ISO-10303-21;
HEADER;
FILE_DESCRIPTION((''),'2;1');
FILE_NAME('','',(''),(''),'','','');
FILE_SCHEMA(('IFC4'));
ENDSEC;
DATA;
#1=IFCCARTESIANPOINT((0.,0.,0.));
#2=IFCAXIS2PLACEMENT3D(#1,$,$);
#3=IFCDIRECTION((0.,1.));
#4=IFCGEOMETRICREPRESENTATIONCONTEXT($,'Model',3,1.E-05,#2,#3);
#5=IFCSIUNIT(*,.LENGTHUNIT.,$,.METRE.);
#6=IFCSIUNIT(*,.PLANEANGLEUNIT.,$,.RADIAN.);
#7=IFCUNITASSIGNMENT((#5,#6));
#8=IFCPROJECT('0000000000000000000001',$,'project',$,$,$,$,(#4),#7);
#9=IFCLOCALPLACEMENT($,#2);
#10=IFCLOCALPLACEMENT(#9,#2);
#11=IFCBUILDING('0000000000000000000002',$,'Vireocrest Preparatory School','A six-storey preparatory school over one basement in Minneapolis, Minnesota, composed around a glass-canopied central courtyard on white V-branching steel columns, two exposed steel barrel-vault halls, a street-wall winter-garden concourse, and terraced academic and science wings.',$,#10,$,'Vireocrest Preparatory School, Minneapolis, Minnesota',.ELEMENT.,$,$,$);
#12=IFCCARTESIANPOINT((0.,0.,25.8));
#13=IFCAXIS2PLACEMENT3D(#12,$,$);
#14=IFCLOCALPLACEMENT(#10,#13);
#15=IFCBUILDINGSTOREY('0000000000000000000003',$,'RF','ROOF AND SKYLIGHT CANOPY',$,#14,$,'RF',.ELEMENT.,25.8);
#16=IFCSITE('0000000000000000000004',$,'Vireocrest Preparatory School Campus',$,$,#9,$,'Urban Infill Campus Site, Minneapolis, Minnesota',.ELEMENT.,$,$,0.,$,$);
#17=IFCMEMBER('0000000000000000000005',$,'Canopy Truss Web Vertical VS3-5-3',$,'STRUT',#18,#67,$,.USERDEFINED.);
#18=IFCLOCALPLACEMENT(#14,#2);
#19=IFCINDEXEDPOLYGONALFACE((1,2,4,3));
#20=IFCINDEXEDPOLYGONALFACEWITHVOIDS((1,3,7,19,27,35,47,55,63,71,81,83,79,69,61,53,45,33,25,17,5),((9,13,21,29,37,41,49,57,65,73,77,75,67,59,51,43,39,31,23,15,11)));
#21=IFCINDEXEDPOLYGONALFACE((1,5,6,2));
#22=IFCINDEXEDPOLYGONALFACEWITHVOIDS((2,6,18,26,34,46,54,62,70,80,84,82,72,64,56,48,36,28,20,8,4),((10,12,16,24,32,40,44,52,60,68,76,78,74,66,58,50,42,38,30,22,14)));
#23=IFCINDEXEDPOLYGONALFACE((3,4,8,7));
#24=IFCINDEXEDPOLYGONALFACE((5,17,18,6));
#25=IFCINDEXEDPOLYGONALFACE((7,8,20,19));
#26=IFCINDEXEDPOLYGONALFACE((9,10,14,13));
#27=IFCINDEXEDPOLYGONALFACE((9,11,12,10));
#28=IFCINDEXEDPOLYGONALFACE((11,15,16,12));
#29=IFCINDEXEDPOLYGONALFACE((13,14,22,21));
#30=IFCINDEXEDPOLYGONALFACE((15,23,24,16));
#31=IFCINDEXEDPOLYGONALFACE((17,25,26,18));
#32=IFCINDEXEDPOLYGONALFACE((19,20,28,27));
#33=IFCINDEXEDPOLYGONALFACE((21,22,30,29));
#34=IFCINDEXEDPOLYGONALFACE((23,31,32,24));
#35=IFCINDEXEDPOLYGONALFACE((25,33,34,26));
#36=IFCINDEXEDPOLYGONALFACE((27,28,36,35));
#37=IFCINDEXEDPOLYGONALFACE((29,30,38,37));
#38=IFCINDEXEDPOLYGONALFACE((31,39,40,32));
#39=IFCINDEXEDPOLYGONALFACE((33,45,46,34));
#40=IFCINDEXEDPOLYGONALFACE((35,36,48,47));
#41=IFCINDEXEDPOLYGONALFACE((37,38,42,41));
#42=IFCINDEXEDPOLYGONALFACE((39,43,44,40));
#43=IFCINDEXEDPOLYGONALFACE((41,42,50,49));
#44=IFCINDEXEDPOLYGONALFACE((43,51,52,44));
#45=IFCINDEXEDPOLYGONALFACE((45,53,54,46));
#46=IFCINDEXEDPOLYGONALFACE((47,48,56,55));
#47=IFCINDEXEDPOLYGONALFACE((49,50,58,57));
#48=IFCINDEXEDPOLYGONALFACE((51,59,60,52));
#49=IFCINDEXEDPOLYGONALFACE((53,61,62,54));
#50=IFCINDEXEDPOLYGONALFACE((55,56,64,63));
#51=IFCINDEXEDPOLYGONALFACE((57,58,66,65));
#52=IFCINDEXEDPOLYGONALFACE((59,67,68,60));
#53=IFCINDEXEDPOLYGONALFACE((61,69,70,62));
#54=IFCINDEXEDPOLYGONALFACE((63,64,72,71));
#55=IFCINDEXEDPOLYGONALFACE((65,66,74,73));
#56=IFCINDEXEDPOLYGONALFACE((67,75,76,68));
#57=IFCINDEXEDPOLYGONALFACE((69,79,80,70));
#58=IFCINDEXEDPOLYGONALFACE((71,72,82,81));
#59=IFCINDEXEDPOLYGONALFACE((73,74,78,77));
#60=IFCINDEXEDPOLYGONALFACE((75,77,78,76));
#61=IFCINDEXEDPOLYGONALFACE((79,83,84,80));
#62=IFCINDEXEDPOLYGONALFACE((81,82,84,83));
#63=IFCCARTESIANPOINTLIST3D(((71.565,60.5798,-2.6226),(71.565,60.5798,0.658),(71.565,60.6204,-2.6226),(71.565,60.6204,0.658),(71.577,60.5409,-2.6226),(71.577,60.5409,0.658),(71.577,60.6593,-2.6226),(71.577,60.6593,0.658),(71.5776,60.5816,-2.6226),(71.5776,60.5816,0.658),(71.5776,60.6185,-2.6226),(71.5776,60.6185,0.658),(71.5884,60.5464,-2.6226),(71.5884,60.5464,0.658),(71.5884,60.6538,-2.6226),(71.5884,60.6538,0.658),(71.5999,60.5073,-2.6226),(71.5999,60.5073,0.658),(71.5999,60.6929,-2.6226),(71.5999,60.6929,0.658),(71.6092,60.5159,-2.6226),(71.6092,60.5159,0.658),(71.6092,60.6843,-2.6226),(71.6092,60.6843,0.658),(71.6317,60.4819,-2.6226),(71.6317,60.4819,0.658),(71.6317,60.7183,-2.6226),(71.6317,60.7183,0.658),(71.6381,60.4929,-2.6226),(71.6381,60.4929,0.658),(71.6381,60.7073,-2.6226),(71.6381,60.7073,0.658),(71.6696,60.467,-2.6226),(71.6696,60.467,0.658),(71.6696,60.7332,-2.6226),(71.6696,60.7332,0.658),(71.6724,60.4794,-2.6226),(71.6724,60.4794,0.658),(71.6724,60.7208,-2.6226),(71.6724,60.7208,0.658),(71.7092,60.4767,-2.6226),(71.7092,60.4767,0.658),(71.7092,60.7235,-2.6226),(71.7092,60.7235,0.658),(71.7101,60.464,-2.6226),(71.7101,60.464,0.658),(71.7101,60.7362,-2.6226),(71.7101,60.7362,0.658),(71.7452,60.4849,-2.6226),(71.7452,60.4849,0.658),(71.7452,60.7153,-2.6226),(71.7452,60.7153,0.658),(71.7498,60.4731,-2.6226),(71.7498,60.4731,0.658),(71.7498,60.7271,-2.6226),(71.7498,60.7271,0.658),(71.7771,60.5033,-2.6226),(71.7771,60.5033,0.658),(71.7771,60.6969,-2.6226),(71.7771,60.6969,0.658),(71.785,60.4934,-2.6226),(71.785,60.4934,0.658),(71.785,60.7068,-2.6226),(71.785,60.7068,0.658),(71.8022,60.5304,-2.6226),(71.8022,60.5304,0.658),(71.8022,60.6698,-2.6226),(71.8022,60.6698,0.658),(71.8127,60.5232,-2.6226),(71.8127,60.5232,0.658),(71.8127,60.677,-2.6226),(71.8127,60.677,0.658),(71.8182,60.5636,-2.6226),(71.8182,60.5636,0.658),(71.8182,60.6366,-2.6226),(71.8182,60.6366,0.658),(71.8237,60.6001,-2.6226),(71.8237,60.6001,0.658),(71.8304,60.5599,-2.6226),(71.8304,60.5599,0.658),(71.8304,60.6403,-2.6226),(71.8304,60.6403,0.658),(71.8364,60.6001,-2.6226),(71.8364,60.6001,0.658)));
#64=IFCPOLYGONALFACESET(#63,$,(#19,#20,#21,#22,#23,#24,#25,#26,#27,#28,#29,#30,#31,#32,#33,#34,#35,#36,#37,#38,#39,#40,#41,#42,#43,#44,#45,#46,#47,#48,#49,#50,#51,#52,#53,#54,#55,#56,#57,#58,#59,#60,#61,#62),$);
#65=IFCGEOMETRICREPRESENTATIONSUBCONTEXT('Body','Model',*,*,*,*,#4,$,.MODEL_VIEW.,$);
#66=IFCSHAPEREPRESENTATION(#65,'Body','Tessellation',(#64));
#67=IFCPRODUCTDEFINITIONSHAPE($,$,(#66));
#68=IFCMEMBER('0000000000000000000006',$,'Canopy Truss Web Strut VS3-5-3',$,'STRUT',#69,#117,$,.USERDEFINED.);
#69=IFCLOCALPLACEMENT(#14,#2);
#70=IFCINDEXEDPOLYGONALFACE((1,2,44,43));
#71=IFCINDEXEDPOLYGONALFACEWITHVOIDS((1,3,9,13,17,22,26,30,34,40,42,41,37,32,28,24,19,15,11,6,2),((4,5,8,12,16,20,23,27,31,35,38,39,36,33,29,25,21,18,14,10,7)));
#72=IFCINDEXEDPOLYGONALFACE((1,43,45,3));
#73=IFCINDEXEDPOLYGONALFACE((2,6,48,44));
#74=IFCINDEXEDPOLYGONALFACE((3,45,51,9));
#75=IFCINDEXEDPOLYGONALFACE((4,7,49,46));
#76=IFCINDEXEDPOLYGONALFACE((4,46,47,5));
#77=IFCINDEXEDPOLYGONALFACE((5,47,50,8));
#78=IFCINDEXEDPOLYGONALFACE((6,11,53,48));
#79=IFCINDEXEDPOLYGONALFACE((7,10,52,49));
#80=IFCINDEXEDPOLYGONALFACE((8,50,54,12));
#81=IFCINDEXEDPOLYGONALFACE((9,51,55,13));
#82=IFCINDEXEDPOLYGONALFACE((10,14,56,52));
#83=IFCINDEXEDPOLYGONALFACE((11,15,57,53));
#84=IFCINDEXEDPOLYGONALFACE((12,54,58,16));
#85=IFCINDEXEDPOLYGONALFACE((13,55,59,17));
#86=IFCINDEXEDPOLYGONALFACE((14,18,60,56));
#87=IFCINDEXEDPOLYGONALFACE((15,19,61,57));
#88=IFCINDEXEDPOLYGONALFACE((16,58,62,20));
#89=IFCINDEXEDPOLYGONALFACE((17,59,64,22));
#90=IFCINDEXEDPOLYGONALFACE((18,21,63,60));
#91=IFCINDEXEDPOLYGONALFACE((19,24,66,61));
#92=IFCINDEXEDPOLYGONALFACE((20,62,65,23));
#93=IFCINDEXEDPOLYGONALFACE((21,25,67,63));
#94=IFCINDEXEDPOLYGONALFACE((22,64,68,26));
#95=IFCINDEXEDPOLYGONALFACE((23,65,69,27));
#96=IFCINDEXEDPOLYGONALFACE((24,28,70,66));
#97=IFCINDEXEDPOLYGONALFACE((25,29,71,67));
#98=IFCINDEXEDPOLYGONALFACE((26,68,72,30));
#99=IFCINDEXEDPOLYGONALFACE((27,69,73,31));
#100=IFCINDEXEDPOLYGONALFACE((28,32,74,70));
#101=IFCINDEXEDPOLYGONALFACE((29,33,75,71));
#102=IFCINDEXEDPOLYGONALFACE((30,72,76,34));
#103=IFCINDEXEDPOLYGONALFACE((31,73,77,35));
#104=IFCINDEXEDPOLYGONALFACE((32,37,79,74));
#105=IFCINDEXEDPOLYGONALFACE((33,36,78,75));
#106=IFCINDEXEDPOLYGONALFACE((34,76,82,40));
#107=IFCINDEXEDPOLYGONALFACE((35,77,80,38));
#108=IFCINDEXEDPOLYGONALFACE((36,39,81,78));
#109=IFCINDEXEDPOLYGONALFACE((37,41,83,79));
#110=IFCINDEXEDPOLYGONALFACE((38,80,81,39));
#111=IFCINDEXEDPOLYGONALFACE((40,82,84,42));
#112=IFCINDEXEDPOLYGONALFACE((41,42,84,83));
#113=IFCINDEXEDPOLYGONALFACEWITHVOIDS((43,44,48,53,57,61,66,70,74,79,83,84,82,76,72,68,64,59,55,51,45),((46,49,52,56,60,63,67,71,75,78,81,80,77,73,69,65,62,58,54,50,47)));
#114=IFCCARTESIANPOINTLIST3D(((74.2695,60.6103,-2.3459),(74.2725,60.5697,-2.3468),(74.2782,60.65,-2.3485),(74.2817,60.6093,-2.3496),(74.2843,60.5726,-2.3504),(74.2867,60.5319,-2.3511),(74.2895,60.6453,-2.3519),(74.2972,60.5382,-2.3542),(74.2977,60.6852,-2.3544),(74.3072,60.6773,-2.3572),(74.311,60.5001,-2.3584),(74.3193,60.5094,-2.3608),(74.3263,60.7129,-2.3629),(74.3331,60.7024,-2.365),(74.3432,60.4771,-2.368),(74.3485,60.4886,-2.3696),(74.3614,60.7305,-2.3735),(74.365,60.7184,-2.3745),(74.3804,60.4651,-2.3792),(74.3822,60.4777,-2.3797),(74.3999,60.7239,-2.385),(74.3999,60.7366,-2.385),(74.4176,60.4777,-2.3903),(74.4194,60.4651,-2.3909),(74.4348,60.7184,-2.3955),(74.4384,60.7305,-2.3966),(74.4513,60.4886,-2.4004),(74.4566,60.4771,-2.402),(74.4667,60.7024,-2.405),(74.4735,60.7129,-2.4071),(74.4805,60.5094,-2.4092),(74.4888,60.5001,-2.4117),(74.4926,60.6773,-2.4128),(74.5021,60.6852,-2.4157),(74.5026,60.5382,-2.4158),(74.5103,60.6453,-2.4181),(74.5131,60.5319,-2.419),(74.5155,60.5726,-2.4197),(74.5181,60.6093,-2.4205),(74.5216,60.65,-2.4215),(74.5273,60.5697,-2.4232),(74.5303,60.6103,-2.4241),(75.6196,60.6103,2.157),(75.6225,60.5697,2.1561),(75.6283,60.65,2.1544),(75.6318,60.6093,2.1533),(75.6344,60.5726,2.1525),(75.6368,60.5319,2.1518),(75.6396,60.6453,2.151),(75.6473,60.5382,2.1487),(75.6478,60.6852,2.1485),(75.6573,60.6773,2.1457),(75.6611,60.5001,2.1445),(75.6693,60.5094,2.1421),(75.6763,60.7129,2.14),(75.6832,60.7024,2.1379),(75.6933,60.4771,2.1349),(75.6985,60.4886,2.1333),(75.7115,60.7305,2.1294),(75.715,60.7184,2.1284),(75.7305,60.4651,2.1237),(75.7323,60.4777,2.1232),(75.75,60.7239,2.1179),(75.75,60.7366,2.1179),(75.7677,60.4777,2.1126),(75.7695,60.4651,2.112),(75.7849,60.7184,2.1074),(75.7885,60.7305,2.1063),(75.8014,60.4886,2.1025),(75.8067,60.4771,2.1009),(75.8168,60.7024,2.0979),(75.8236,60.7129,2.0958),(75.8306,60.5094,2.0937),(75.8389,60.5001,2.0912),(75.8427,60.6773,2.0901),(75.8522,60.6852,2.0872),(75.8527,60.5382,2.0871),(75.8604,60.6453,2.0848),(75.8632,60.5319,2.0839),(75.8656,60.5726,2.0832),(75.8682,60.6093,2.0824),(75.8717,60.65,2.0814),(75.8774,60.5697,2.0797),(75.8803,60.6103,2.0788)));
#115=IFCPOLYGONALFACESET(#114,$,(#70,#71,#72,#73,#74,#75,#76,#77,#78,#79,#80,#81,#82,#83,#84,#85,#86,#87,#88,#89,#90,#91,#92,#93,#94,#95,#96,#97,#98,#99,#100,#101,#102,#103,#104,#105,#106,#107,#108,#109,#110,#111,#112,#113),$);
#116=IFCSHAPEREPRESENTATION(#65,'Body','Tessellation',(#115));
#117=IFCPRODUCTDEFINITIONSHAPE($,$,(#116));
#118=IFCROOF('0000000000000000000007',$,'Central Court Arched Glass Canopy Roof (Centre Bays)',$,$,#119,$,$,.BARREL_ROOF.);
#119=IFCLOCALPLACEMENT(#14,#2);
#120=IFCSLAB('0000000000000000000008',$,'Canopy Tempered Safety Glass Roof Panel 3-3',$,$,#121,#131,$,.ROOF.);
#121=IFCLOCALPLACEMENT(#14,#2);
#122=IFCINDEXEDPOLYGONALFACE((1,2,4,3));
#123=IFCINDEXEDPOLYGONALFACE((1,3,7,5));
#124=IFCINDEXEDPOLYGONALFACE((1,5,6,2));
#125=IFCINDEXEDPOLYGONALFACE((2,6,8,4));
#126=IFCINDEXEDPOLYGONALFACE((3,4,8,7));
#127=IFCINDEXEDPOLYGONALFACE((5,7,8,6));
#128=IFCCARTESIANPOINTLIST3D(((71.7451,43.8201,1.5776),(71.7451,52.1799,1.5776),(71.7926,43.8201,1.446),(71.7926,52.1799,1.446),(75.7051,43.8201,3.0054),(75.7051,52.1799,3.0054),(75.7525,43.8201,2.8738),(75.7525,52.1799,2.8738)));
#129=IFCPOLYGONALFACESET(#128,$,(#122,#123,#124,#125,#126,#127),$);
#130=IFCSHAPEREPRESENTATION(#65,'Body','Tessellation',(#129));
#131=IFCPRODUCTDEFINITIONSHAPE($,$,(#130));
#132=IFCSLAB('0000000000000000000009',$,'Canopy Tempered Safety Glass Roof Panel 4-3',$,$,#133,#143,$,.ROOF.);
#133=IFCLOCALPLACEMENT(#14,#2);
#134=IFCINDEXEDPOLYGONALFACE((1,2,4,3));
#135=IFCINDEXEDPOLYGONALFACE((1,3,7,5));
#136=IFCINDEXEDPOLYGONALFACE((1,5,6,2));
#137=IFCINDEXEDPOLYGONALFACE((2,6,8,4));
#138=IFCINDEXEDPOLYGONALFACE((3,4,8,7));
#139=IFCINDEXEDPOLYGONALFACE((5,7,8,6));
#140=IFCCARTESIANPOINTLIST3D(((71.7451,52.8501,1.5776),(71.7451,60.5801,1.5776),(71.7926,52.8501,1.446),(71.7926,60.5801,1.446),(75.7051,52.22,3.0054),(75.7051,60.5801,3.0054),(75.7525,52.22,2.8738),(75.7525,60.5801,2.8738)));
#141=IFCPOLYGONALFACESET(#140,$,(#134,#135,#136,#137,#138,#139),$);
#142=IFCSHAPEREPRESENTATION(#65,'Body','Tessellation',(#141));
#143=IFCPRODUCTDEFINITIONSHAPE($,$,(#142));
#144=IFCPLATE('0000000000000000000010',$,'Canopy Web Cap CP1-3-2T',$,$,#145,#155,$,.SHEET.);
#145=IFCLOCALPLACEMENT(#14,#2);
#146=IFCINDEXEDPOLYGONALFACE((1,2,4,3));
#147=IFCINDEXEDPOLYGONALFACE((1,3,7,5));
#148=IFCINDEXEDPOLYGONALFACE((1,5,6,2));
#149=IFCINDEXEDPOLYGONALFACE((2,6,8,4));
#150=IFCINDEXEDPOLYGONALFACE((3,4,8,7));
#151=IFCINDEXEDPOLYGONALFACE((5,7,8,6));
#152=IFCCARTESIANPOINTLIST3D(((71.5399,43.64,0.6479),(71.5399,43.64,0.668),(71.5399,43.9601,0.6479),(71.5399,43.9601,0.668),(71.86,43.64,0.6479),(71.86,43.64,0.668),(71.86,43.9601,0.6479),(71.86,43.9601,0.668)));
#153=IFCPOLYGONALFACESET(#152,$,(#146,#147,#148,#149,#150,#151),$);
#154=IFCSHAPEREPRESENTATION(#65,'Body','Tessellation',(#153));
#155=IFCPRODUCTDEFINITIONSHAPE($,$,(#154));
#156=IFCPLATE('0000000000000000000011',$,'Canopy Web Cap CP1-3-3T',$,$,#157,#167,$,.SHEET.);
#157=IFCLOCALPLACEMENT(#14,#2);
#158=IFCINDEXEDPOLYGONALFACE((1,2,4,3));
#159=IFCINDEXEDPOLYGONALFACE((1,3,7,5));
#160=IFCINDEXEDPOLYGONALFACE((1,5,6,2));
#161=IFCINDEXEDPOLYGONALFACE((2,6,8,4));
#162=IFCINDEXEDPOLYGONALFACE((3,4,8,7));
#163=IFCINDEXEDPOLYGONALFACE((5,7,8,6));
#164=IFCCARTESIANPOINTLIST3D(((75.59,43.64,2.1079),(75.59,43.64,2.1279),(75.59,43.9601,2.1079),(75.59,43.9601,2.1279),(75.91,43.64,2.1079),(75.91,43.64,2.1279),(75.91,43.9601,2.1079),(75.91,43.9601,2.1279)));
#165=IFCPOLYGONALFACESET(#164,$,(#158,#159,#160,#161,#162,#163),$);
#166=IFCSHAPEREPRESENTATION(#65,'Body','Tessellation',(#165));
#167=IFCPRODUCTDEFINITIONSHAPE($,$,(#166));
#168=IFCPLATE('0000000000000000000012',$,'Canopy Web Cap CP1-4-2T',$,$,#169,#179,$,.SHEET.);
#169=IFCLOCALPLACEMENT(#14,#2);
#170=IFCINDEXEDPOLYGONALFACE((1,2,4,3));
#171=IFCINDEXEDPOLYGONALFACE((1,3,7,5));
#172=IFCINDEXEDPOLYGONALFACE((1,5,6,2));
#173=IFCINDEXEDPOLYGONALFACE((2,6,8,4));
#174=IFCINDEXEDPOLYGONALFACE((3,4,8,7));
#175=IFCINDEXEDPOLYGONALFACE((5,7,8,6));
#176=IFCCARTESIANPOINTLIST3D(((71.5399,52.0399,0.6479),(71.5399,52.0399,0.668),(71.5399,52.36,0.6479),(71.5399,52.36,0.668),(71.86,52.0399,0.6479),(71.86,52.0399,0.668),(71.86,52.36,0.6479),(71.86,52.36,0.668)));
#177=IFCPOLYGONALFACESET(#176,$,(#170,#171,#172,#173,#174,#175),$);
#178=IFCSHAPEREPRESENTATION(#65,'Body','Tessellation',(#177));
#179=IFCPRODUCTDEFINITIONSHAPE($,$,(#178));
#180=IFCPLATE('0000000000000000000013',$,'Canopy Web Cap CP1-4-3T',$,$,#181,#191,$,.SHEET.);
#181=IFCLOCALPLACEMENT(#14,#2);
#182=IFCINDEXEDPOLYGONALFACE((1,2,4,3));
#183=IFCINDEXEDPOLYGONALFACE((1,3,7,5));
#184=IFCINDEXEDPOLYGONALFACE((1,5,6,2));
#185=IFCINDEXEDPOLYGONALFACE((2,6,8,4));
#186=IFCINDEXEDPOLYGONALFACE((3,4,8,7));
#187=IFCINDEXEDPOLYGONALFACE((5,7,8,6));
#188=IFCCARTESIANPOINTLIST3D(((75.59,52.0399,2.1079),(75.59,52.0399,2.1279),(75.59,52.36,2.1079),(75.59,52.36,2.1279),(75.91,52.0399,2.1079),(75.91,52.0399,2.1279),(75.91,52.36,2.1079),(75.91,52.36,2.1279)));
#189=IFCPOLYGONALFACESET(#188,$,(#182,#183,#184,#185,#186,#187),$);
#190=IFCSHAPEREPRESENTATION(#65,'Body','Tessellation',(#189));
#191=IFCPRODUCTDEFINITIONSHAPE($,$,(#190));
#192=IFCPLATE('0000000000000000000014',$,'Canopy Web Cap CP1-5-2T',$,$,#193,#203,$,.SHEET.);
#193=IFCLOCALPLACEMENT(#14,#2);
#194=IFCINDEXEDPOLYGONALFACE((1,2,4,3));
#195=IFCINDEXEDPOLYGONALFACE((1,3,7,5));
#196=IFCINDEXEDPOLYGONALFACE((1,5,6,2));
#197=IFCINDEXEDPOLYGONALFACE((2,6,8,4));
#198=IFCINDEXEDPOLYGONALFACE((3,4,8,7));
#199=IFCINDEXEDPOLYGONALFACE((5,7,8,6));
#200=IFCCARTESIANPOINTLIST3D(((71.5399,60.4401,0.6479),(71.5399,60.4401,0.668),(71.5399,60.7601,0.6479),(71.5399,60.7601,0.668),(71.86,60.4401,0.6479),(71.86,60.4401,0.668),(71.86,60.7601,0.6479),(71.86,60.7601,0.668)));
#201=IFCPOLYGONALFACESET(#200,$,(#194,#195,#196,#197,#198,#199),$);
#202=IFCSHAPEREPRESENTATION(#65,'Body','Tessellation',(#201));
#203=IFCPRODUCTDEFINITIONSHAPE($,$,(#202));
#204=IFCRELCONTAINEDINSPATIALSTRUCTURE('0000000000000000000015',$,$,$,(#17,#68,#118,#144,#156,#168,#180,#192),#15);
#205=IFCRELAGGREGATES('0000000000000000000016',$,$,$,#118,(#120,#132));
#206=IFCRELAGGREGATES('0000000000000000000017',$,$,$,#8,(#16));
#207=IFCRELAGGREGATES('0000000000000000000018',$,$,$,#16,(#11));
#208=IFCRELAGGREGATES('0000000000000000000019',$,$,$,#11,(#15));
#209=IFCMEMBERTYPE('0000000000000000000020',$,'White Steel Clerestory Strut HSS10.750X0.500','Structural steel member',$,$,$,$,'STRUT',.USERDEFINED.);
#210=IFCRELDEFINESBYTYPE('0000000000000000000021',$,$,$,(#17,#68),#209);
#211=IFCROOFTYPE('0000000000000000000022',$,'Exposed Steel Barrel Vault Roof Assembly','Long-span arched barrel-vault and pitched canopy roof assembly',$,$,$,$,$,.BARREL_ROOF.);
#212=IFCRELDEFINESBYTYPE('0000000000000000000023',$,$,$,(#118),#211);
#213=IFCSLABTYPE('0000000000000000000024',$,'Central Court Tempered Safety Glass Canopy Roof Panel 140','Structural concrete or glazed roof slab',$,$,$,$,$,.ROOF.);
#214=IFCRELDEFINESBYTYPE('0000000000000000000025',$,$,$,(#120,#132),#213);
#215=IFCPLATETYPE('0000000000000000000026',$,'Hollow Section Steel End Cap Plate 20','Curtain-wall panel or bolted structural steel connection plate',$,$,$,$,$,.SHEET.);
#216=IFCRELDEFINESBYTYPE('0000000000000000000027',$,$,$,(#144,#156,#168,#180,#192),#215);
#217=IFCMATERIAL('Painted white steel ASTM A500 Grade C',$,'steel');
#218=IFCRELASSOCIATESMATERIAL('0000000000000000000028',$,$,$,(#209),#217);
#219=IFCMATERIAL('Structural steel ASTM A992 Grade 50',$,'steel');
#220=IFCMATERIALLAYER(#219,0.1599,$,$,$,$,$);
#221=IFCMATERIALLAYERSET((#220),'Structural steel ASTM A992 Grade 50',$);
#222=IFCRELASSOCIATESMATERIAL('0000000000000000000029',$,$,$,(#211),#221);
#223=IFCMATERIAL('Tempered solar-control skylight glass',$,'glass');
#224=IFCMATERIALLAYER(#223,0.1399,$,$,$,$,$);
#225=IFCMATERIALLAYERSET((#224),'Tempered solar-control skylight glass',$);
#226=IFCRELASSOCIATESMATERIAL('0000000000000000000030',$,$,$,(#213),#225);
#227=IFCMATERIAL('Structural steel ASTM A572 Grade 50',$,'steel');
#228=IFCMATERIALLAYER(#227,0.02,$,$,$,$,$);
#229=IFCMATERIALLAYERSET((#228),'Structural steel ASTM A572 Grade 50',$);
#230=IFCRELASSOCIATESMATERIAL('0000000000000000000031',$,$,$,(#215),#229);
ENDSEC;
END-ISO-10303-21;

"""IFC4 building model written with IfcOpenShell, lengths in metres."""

from ifc_helpers import new_model, si_unit, direction, frame, origin, origin_2d, place, context, subcontext, project, spatial, polyline, rectangle, hollow_circle, outline, extrude, material, layer, layer_set, material_profile, profile_set, type_object, element, aggregate, save


model = new_model("IFC4")

# Units and contexts
model_context = context("Model", 3, precision=1e-05, world=origin(), true_north=direction((0.0, 1.0)))
body_context = subcontext(model_context, "Body", "Model", "MODEL_VIEW")
ifc_project = project(units=[si_unit("LENGTHUNIT", "METRE"), si_unit("PLANEANGLEUNIT", "RADIAN")], contexts=[model_context])

# Site, building, storey
site_placement = place(None, origin())
site = spatial("IfcSite", under=ifc_project, at=site_placement, Name="Vireocrest Preparatory School Campus", LongName="Urban Infill Campus Site, Minneapolis, Minnesota", CompositionType="ELEMENT", RefElevation=0.0)
building_placement = place(site_placement, origin())
building = spatial("IfcBuilding", under=site, at=building_placement, Name="Vireocrest Preparatory School", Description="A six-storey preparatory school over one basement in Minneapolis, Minnesota, composed around a glass-canopied central courtyard on white V-branching steel columns, two exposed steel barrel-vault halls, a street-wall winter-garden concourse, and terraced academic and science wings.", LongName="Vireocrest Preparatory School, Minneapolis, Minnesota", CompositionType="ELEMENT")
storey_placement = place(building_placement, frame((0.0, 0.0, 25.8)))
storey = spatial("IfcBuildingStorey", under=building, at=storey_placement, Name="RF", Description="ROOF AND SKYLIGHT CANOPY", LongName="RF", CompositionType="ELEMENT", Elevation=25.8)

# Shared definitions
ifc_material_1 = material(Name="Painted white steel ASTM A500 Grade C", Category="steel")

# Shared definitions
ifc_material_2 = material(Name="Structural steel ASTM A992 Grade 50", Category="steel")

# Members
ifc_material_profile_1 = material_profile(ifc_material_1, hollow_circle(Radius=0.1365, WallThickness=0.0127, at=origin_2d()), Name="HSS10.750X0.500")
ifc_profile_set_1 = profile_set([ifc_material_profile_1], Name="Painted white steel ASTM A500 Grade C")
member_type_1 = type_object("IfcMemberType", Name="White Steel Clerestory Strut HSS10.750X0.500", Description="Structural steel member", ElementType="STRUT", PredefinedType="USERDEFINED", material=ifc_profile_set_1)
member_1_placement = place(storey_placement, frame((71.7, 60.6001, -2.6226), z_axis=(0.0, 0.0, 1.0), x_axis=(1.0, 0.0, 0.0)))
element("IfcMember", 1, at=member_1_placement, inside=storey, type_object=member_type_1, Name="Canopy Truss Web Vertical VS3-5-3", ObjectType="STRUT", PredefinedType="USERDEFINED", context=body_context, shape_type="SweptSolid", body=[
    extrude(hollow_circle(Radius=0.1365, WallThickness=0.0127, at=origin_2d()), origin(), (0.0, 0.0, 1.0), 3.2805),
])
member_2_placement = place(storey_placement, frame((74.3999, 60.6001, -2.385), z_axis=(0.287195, 0.0, 0.957872), x_axis=(0.0, 1.0, 0.0)))
element("IfcMember", 2, at=member_2_placement, inside=storey, type_object=member_type_1, Name="Canopy Truss Web Strut VS3-5-3", ObjectType="STRUT", PredefinedType="USERDEFINED", context=body_context, shape_type="SweptSolid", body=[
    extrude(hollow_circle(Radius=0.1365, WallThickness=0.0127, at=origin_2d()), origin(), (0.0, 0.0, 1.0), 4.7009),
])

# Roof, slabs
ifc_layer_1 = layer(ifc_material_2, 0.1599)
ifc_layer_set_1 = layer_set([ifc_layer_1], Name="Structural steel ASTM A992 Grade 50")
roof_type = type_object("IfcRoofType", Name="Exposed Steel Barrel Vault Roof Assembly", Description="Long-span arched barrel-vault and pitched canopy roof assembly", PredefinedType="BARREL_ROOF", material=ifc_layer_set_1)
roof_placement = place(storey_placement, origin())
roof = element("IfcRoof", 3, at=roof_placement, inside=storey, type_object=roof_type, Name="Central Court Arched Glass Canopy Roof (Centre Bays)", PredefinedType="BARREL_ROOF")
ifc_material_3 = material(Name="Tempered solar-control skylight glass", Category="glass")
ifc_layer_2 = layer(ifc_material_3, 0.1399)
ifc_layer_set_2 = layer_set([ifc_layer_2], Name="Tempered solar-control skylight glass")
slab_type = type_object("IfcSlabType", Name="Central Court Tempered Safety Glass Canopy Roof Panel 140", Description="Structural concrete or glazed roof slab", PredefinedType="ROOF", material=ifc_layer_set_2)
slab_1_placement = place(storey_placement, frame((71.7451, 43.8201, 1.5776), z_axis=(-0.339171, 0.0, 0.940725), x_axis=(0.940725, 0.0, 0.339171)))
slab_1 = element("IfcSlab", 4, at=slab_1_placement, type_object=slab_type, Name="Canopy Tempered Safety Glass Roof Panel 3-3", PredefinedType="ROOF", context=body_context, shape_type="SweptSolid", body=[
    extrude(outline(polyline([(0.0, 0.0), (4.2095, 0.0), (4.2095, 8.3599), (0.0, 8.3599), (0.0, 0.0)])), origin(), (0.0, 0.0, -1.0), 0.1399),
])
slab_2_placement = place(storey_placement, frame((71.7451, 52.8501, 1.5776), z_axis=(-0.339171, 0.0, 0.940725), x_axis=(0.930359, -0.148043, 0.335434)))
slab_2 = element("IfcSlab", 5, at=slab_2_placement, type_object=slab_type, Name="Canopy Tempered Safety Glass Roof Panel 4-3", PredefinedType="ROOF", context=body_context, shape_type="SweptSolid", body=[
    extrude(outline(polyline([(0.0, 0.0), (4.2564, 0.0), (3.0187, 8.268), (-1.1444, 7.6448), (0.0, 0.0)])), origin(), (0.0, 0.0, -1.0), 0.1399),
])
aggregate(roof, [slab_1, slab_2])

# Plates
ifc_material_4 = material(Name="Structural steel ASTM A572 Grade 50", Category="steel")
ifc_layer_3 = layer(ifc_material_4, 0.02)
ifc_layer_set_3 = layer_set([ifc_layer_3], Name="Structural steel ASTM A572 Grade 50")
plate_type = type_object("IfcPlateType", Name="Hollow Section Steel End Cap Plate 20", Description="Curtain-wall panel or bolted structural steel connection plate", PredefinedType="SHEET", material=ifc_layer_set_3)
for number, where, z_axis, x_axis, name in (
    (6, (71.7, 43.8, 0.6479), (0.0, 0.0, 1.0), (1.0, 0.0, 0.0), "Canopy Web Cap CP1-3-2T"),
    (7, (75.75, 43.8, 2.1079), (0.0, 0.0, 1.0), (1.0, 0.0, 0.0), "Canopy Web Cap CP1-3-3T"),
    (8, (71.7, 52.2, 0.6479), (0.0, 0.0, 1.0), (1.0, 0.0, 0.0), "Canopy Web Cap CP1-4-2T"),
    (9, (75.75, 52.2, 2.1079), (0.0, 0.0, 1.0), (1.0, 0.0, 0.0), "Canopy Web Cap CP1-4-3T"),
    (10, (71.7, 60.6001, 0.6479), (0.0, 0.0, 1.0), (1.0, 0.0, 0.0), "Canopy Web Cap CP1-5-2T"),
):
    element("IfcPlate", number, at=place(storey_placement, frame(where, z_axis=z_axis, x_axis=x_axis)), inside=storey, type_object=plate_type, Name=name, PredefinedType="SHEET", context=body_context, shape_type="SweptSolid", body=[
        extrude(rectangle(XDim=0.3201, YDim=0.3201, at=origin_2d()), origin(), (0.0, 0.0, 1.0), 0.02),
    ])

save(model, "model.ifc")
